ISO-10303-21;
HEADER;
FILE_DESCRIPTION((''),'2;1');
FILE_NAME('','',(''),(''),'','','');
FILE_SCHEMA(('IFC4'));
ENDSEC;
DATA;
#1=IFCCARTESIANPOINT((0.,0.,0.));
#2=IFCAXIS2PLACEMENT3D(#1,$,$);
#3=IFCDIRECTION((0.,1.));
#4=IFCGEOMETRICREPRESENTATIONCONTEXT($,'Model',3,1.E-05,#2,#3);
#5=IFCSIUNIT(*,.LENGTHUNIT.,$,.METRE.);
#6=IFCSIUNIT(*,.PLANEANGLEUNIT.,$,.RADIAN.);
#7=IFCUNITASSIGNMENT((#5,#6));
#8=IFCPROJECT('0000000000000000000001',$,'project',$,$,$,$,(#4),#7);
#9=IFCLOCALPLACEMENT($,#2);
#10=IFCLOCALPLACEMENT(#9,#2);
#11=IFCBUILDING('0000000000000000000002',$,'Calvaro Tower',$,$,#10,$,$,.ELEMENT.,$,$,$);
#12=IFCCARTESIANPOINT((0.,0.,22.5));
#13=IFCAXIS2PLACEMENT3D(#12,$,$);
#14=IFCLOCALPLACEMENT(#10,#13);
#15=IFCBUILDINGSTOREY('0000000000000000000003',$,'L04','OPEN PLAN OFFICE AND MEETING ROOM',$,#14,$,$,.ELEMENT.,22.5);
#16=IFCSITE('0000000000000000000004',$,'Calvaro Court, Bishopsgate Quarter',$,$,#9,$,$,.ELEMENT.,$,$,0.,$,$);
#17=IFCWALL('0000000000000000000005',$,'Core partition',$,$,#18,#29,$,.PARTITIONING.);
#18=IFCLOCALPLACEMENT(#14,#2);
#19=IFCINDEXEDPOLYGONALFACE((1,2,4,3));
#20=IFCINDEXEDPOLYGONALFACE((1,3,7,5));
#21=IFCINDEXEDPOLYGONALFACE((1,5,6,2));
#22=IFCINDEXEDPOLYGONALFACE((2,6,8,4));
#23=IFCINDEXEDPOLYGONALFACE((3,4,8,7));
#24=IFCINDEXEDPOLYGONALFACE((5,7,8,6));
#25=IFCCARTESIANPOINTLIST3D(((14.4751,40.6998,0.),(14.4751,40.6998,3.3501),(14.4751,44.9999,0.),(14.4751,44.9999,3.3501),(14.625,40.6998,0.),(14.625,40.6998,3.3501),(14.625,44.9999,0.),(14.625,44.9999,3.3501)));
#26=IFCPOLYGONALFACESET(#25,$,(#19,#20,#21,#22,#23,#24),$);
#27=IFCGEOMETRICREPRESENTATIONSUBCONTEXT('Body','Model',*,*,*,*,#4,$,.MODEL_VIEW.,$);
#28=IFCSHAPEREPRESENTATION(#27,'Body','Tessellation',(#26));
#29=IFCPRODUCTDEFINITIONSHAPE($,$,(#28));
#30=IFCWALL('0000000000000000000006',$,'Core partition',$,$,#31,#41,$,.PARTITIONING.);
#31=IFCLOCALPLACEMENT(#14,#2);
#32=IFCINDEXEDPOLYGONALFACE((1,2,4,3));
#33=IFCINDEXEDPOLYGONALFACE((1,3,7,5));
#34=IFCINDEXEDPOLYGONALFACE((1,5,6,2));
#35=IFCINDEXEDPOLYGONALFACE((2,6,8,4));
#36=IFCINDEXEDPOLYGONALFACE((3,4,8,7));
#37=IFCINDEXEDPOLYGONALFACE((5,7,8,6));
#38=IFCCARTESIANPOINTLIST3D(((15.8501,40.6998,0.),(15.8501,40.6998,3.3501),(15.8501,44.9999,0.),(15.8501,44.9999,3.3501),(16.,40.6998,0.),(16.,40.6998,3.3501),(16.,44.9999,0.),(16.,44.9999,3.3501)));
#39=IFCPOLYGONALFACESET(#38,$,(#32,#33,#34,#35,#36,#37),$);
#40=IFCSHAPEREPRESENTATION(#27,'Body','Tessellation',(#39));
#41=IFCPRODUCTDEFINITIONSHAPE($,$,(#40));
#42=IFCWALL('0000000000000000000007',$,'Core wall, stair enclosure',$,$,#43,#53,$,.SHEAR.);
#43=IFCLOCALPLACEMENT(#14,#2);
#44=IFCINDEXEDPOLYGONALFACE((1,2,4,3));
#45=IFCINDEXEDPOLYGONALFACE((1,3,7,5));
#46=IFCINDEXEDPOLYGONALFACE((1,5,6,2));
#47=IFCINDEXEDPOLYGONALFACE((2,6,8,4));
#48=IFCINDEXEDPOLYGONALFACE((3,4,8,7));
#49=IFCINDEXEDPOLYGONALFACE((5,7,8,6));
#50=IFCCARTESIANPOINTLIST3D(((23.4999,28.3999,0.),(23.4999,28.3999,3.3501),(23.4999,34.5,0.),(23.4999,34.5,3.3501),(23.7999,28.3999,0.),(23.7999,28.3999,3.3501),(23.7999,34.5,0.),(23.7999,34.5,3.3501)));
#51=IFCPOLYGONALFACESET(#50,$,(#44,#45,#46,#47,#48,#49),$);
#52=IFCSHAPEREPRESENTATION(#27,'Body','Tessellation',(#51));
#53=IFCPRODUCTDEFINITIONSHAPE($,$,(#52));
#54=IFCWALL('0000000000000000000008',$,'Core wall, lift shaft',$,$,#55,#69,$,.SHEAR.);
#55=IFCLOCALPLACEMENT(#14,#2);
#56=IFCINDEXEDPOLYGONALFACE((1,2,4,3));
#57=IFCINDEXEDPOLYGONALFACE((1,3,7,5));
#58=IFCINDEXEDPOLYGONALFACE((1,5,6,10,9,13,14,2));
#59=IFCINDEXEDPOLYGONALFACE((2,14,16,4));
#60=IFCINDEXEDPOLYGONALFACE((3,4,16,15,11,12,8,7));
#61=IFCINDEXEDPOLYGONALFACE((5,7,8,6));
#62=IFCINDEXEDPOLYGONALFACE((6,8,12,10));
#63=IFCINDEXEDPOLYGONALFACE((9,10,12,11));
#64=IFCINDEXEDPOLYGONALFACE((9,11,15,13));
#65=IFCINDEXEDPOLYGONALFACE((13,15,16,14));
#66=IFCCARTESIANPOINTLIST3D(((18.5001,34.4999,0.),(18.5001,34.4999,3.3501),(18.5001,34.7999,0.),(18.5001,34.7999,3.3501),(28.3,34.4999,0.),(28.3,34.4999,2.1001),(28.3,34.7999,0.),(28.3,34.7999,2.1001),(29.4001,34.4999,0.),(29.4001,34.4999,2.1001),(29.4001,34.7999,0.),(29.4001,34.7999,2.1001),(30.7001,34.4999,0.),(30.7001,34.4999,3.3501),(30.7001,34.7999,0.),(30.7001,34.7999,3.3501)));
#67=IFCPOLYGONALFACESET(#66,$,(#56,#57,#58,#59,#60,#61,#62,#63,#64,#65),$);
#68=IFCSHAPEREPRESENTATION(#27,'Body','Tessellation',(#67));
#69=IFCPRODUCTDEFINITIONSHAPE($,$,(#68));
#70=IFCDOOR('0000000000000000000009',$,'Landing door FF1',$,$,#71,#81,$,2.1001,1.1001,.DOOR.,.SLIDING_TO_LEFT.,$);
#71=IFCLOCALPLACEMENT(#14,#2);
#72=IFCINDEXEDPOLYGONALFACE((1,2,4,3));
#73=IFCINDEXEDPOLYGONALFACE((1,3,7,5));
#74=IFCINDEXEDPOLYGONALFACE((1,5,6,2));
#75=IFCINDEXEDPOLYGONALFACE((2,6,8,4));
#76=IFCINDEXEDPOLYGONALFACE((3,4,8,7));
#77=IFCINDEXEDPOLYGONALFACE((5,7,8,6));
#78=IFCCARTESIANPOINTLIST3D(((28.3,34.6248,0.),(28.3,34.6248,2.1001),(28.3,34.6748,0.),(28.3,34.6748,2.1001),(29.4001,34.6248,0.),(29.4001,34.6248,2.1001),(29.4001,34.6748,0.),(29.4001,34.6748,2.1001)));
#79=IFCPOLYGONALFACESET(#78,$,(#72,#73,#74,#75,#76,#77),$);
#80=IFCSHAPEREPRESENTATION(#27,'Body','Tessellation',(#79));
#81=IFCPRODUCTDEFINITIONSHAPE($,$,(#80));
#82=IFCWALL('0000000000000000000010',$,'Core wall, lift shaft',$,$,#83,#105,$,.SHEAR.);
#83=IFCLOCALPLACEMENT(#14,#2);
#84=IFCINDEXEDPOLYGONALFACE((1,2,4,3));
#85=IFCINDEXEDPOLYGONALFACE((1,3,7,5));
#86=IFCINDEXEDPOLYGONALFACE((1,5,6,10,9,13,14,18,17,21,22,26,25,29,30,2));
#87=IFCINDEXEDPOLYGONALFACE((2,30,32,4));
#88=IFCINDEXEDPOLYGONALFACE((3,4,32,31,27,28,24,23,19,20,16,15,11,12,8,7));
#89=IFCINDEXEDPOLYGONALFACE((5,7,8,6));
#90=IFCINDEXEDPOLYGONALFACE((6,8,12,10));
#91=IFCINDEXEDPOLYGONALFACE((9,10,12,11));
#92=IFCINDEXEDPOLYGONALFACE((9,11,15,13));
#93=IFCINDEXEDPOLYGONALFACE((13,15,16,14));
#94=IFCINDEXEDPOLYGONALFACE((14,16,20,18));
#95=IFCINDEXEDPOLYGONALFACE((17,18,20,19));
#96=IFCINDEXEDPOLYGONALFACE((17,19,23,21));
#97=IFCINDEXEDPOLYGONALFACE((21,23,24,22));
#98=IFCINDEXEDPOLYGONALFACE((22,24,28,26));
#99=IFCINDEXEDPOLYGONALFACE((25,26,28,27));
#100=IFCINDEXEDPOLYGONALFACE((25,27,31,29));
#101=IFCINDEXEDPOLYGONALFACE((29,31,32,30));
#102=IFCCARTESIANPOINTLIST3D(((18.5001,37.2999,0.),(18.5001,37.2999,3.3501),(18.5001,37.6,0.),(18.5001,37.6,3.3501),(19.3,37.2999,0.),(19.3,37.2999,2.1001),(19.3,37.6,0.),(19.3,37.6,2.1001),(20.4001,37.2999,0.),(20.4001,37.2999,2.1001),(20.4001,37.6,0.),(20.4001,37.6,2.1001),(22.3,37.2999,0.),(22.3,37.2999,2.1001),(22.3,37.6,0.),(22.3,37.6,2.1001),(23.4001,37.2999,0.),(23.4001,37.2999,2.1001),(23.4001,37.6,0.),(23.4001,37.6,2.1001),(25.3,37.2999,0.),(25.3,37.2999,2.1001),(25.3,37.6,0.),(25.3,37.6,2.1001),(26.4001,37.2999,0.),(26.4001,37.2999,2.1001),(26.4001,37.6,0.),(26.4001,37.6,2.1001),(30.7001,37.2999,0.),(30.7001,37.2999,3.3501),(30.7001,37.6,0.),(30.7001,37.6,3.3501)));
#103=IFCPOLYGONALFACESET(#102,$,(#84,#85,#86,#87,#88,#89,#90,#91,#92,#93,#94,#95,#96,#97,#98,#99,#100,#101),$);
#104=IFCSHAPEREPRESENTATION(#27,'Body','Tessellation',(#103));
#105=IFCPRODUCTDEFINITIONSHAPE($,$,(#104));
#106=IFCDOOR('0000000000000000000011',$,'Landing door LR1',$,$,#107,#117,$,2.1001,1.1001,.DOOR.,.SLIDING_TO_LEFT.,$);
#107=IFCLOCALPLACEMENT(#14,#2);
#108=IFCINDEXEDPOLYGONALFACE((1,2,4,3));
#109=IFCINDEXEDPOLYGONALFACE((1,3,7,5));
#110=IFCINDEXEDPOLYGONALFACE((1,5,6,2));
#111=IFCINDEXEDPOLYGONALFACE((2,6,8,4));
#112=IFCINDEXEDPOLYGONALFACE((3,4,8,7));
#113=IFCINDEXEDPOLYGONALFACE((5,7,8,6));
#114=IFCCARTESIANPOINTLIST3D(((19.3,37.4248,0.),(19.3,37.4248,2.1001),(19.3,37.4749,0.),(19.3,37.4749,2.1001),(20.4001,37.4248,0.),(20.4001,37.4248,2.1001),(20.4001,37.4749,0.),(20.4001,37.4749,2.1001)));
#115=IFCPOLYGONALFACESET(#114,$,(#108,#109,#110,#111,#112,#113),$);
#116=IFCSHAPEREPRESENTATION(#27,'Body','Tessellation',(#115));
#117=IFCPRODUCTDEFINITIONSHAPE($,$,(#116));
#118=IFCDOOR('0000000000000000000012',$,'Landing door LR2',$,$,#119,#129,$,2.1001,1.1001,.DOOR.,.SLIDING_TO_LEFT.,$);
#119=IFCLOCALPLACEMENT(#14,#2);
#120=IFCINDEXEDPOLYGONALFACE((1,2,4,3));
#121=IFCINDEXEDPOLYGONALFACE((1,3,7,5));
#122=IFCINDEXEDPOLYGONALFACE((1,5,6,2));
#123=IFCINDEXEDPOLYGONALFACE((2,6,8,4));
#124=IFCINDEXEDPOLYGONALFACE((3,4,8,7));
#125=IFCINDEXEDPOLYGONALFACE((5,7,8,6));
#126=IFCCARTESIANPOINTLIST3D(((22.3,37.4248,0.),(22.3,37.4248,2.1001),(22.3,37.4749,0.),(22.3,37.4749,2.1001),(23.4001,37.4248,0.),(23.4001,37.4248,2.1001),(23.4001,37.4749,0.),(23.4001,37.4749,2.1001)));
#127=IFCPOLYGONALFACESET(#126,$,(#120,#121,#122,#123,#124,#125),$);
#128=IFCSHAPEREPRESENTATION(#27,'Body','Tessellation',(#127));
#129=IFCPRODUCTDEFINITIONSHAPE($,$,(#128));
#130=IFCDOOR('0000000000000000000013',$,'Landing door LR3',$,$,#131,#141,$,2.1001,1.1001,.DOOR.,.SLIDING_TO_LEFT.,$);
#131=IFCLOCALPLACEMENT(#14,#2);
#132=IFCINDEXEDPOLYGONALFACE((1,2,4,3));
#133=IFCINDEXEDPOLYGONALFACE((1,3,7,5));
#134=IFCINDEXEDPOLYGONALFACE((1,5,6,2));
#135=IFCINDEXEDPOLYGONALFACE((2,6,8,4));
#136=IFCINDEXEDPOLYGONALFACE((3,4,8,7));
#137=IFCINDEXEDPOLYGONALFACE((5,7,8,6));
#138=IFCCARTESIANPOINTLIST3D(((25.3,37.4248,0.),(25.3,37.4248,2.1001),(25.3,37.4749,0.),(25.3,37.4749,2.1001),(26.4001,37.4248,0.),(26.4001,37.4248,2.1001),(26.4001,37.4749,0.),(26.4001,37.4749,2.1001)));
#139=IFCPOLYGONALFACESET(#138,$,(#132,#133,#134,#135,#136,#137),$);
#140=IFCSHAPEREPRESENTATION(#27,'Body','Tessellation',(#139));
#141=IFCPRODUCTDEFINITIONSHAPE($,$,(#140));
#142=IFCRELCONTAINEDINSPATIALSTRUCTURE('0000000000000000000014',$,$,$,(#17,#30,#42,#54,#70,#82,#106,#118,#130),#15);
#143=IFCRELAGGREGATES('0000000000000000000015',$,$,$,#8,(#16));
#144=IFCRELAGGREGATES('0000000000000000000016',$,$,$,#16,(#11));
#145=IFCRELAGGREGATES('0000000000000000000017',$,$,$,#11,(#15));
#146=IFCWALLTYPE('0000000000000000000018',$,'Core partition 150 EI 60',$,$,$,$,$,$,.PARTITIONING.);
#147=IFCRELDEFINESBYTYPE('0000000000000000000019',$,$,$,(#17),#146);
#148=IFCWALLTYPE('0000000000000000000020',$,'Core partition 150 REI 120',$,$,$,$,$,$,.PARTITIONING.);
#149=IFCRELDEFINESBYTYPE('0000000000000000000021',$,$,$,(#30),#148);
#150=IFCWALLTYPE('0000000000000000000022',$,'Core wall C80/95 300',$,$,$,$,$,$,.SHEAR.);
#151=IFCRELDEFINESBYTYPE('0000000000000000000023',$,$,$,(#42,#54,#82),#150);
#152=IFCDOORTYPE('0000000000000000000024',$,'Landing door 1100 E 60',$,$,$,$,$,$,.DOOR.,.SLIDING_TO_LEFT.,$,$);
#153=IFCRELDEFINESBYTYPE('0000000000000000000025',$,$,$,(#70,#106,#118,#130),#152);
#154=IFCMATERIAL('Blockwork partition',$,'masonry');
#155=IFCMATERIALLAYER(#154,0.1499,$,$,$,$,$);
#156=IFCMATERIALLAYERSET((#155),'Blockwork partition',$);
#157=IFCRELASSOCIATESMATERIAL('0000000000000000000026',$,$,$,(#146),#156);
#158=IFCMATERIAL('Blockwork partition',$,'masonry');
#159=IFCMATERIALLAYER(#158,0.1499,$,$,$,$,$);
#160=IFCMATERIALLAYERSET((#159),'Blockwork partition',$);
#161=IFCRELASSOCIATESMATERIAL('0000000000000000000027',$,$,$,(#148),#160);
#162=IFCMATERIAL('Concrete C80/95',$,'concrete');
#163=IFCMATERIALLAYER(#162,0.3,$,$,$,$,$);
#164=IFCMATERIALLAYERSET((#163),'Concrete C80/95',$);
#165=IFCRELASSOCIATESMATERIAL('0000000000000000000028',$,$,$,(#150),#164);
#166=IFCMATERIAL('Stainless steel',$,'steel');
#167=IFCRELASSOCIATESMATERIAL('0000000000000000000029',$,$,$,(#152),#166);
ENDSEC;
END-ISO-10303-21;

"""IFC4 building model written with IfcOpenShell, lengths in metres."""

from ifc_helpers import new_model, si_unit, direction, frame, frame_2d, origin, place, context, subcontext, project, spatial, rectangle, extrude, material, layer, layer_set, type_object, element, fill, save


model = new_model("IFC4")

# Units and contexts
model_context = context("Model", 3, precision=1e-05, world=origin(), true_north=direction((0.0, 1.0)))
body_context = subcontext(model_context, "Body", "Model", "MODEL_VIEW")
ifc_project = project(units=[si_unit("LENGTHUNIT", "METRE"), si_unit("PLANEANGLEUNIT", "RADIAN")], contexts=[model_context])

# Site, building, storey
site_placement = place(None, origin())
site = spatial("IfcSite", under=ifc_project, at=site_placement, Name="Calvaro Court, Bishopsgate Quarter", CompositionType="ELEMENT", RefElevation=0.0)
building_placement = place(site_placement, origin())
building = spatial("IfcBuilding", under=site, at=building_placement, Name="Calvaro Tower", CompositionType="ELEMENT")
storey_placement = place(building_placement, frame((0.0, 0.0, 22.5)))
storey = spatial("IfcBuildingStorey", under=building, at=storey_placement, Name="L04", Description="OPEN PLAN OFFICE AND MEETING ROOM", CompositionType="ELEMENT", Elevation=22.5)

# Walls
ifc_material_1 = material(Name="Blockwork partition", Category="masonry")
ifc_layer_1 = layer(ifc_material_1, 0.1499)
ifc_layer_set_1 = layer_set([ifc_layer_1], Name="Blockwork partition")
wall_type_1 = type_object("IfcWallType", Name="Core partition 150 EI 60", PredefinedType="PARTITIONING", material=ifc_layer_set_1)
wall_1_placement = place(storey_placement, frame((14.55, 40.7, 0.0), z_axis=(0.0, 0.0, 1.0), x_axis=(0.0, 1.0, 0.0)))
element("IfcWall", 1, at=wall_1_placement, inside=storey, type_object=wall_type_1, Name="Core partition", PredefinedType="PARTITIONING", context=body_context, shape_type="SweptSolid", body=[
    extrude(rectangle(XDim=4.3, YDim=0.1499, at=frame_2d((2.1499, 0.0))), origin(), (0.0, 0.0, 1.0), 3.3501),
])
ifc_material_2 = material(Name="Blockwork partition", Category="masonry")
ifc_layer_2 = layer(ifc_material_2, 0.1499)
ifc_layer_set_2 = layer_set([ifc_layer_2], Name="Blockwork partition")
wall_type_2 = type_object("IfcWallType", Name="Core partition 150 REI 120", PredefinedType="PARTITIONING", material=ifc_layer_set_2)
wall_2_placement = place(storey_placement, frame((15.925, 40.7, 0.0), z_axis=(0.0, 0.0, 1.0), x_axis=(0.0, 1.0, 0.0)))
element("IfcWall", 2, at=wall_2_placement, inside=storey, type_object=wall_type_2, Name="Core partition", PredefinedType="PARTITIONING", context=body_context, shape_type="SweptSolid", body=[
    extrude(rectangle(XDim=4.3, YDim=0.1499, at=frame_2d((2.1499, 0.0))), origin(), (0.0, 0.0, 1.0), 3.3501),
])
ifc_material_3 = material(Name="Concrete C80/95", Category="concrete")
ifc_layer_3 = layer(ifc_material_3, 0.3)
ifc_layer_set_3 = layer_set([ifc_layer_3], Name="Concrete C80/95")
wall_type_3 = type_object("IfcWallType", Name="Core wall C80/95 300", PredefinedType="SHEAR", material=ifc_layer_set_3)
wall_3_placement = place(storey_placement, frame((23.6499, 28.3999, 0.0), z_axis=(0.0, 0.0, 1.0), x_axis=(0.0, 1.0, 0.0)))
element("IfcWall", 3, at=wall_3_placement, inside=storey, type_object=wall_type_3, Name="Core wall, stair enclosure", PredefinedType="SHEAR", context=body_context, shape_type="SweptSolid", body=[
    extrude(rectangle(XDim=6.1001, YDim=0.3, at=frame_2d((3.05, 0.0))), origin(), (0.0, 0.0, 1.0), 3.3501),
])

# Wall, opening, door
wall_4_placement = place(storey_placement, frame((18.5, 34.6499, 0.0), z_axis=(0.0, 0.0, 1.0), x_axis=(1.0, 0.0, 0.0)))
wall_4 = element("IfcWall", 4, at=wall_4_placement, inside=storey, type_object=wall_type_3, Name="Core wall, lift shaft", PredefinedType="SHEAR", context=body_context, shape_type="SweptSolid", body=[
    extrude(rectangle(XDim=12.2, YDim=0.3, at=frame_2d((6.1001, 0.0))), origin(), (0.0, 0.0, 1.0), 3.3501),
])
opening_1_placement = place(wall_4_placement, frame((9.8, 0.0, 0.0)))
opening_1 = element("IfcOpeningElement", 5, at=opening_1_placement, cuts=wall_4, PredefinedType="OPENING", context=body_context, shape_type="SweptSolid", body=[
    extrude(rectangle(XDim=1.1001, YDim=2.1001, at=frame_2d((0.55, 1.05))), frame((0.0, 0.1599, 0.0), z_axis=(0.0, -1.0, 0.0), x_axis=(1.0, 0.0, 0.0)), (0.0, 0.0, 1.0), 0.3201),
])
ifc_material_4 = material(Name="Stainless steel", Category="steel")
door_type_1 = type_object("IfcDoorType", Name="Landing door 1100 E 60", OperationType="SLIDING_TO_LEFT", PredefinedType="DOOR", material=ifc_material_4)
door_1_placement = place(opening_1_placement, origin())
door_1 = element("IfcDoor", 6, at=door_1_placement, inside=storey, type_object=door_type_1, Name="Landing door FF1", OperationType="SLIDING_TO_LEFT", OverallHeight=2.1001, OverallWidth=1.1001, PredefinedType="DOOR", context=body_context, shape_type="SweptSolid", body=[
    extrude(rectangle(XDim=1.1001, YDim=2.1001, at=frame_2d((0.55, 1.05))), frame((0.0, 0.0249, 0.0), z_axis=(0.0, -1.0, 0.0), x_axis=(1.0, 0.0, 0.0)), (0.0, 0.0, 1.0), 0.05),
])
fill(opening_1, door_1)

# Wall, openings, doors
wall_5_placement = place(storey_placement, frame((18.5, 37.45, 0.0), z_axis=(0.0, 0.0, 1.0), x_axis=(1.0, 0.0, 0.0)))
wall_5 = element("IfcWall", 7, at=wall_5_placement, inside=storey, type_object=wall_type_3, Name="Core wall, lift shaft", PredefinedType="SHEAR", context=body_context, shape_type="SweptSolid", body=[
    extrude(rectangle(XDim=12.2, YDim=0.3, at=frame_2d((6.1001, 0.0))), origin(), (0.0, 0.0, 1.0), 3.3501),
])
opening_2_placement = place(wall_5_placement, frame((0.8, 0.0, 0.0)))
opening_2 = element("IfcOpeningElement", 8, at=opening_2_placement, cuts=wall_5, PredefinedType="OPENING", context=body_context, shape_type="SweptSolid", body=[
    extrude(rectangle(XDim=1.1001, YDim=2.1001, at=frame_2d((0.55, 1.05))), frame((0.0, 0.1599, 0.0), z_axis=(0.0, -1.0, 0.0), x_axis=(1.0, 0.0, 0.0)), (0.0, 0.0, 1.0), 0.3201),
])
opening_3_placement = place(wall_5_placement, frame((3.8, 0.0, 0.0)))
opening_3 = element("IfcOpeningElement", 9, at=opening_3_placement, cuts=wall_5, PredefinedType="OPENING", context=body_context, shape_type="SweptSolid", body=[
    extrude(rectangle(XDim=1.1001, YDim=2.1001, at=frame_2d((0.55, 1.05))), frame((0.0, 0.1599, 0.0), z_axis=(0.0, -1.0, 0.0), x_axis=(1.0, 0.0, 0.0)), (0.0, 0.0, 1.0), 0.3201),
])
opening_4_placement = place(wall_5_placement, frame((6.8, 0.0, 0.0)))
opening_4 = element("IfcOpeningElement", 10, at=opening_4_placement, cuts=wall_5, PredefinedType="OPENING", context=body_context, shape_type="SweptSolid", body=[
    extrude(rectangle(XDim=1.1001, YDim=2.1001, at=frame_2d((0.55, 1.05))), frame((0.0, 0.1599, 0.0), z_axis=(0.0, -1.0, 0.0), x_axis=(1.0, 0.0, 0.0)), (0.0, 0.0, 1.0), 0.3201),
])
door_2_placement = place(opening_2_placement, origin())
door_2 = element("IfcDoor", 11, at=door_2_placement, inside=storey, type_object=door_type_1, Name="Landing door LR1", OperationType="SLIDING_TO_LEFT", OverallHeight=2.1001, OverallWidth=1.1001, PredefinedType="DOOR", context=body_context, shape_type="SweptSolid", body=[
    extrude(rectangle(XDim=1.1001, YDim=2.1001, at=frame_2d((0.55, 1.05))), frame((0.0, 0.0249, 0.0), z_axis=(0.0, -1.0, 0.0), x_axis=(1.0, 0.0, 0.0)), (0.0, 0.0, 1.0), 0.05),
])
fill(opening_2, door_2)
door_3_placement = place(opening_3_placement, origin())
door_3 = element("IfcDoor", 12, at=door_3_placement, inside=storey, type_object=door_type_1, Name="Landing door LR2", OperationType="SLIDING_TO_LEFT", OverallHeight=2.1001, OverallWidth=1.1001, PredefinedType="DOOR", context=body_context, shape_type="SweptSolid", body=[
    extrude(rectangle(XDim=1.1001, YDim=2.1001, at=frame_2d((0.55, 1.05))), frame((0.0, 0.0249, 0.0), z_axis=(0.0, -1.0, 0.0), x_axis=(1.0, 0.0, 0.0)), (0.0, 0.0, 1.0), 0.05),
])
fill(opening_3, door_3)
door_4_placement = place(opening_4_placement, origin())
door_4 = element("IfcDoor", 13, at=door_4_placement, inside=storey, type_object=door_type_1, Name="Landing door LR3", OperationType="SLIDING_TO_LEFT", OverallHeight=2.1001, OverallWidth=1.1001, PredefinedType="DOOR", context=body_context, shape_type="SweptSolid", body=[
    extrude(rectangle(XDim=1.1001, YDim=2.1001, at=frame_2d((0.55, 1.05))), frame((0.0, 0.0249, 0.0), z_axis=(0.0, -1.0, 0.0), x_axis=(1.0, 0.0, 0.0)), (0.0, 0.0, 1.0), 0.05),
])
fill(opening_4, door_4)

save(model, "model.ifc")
